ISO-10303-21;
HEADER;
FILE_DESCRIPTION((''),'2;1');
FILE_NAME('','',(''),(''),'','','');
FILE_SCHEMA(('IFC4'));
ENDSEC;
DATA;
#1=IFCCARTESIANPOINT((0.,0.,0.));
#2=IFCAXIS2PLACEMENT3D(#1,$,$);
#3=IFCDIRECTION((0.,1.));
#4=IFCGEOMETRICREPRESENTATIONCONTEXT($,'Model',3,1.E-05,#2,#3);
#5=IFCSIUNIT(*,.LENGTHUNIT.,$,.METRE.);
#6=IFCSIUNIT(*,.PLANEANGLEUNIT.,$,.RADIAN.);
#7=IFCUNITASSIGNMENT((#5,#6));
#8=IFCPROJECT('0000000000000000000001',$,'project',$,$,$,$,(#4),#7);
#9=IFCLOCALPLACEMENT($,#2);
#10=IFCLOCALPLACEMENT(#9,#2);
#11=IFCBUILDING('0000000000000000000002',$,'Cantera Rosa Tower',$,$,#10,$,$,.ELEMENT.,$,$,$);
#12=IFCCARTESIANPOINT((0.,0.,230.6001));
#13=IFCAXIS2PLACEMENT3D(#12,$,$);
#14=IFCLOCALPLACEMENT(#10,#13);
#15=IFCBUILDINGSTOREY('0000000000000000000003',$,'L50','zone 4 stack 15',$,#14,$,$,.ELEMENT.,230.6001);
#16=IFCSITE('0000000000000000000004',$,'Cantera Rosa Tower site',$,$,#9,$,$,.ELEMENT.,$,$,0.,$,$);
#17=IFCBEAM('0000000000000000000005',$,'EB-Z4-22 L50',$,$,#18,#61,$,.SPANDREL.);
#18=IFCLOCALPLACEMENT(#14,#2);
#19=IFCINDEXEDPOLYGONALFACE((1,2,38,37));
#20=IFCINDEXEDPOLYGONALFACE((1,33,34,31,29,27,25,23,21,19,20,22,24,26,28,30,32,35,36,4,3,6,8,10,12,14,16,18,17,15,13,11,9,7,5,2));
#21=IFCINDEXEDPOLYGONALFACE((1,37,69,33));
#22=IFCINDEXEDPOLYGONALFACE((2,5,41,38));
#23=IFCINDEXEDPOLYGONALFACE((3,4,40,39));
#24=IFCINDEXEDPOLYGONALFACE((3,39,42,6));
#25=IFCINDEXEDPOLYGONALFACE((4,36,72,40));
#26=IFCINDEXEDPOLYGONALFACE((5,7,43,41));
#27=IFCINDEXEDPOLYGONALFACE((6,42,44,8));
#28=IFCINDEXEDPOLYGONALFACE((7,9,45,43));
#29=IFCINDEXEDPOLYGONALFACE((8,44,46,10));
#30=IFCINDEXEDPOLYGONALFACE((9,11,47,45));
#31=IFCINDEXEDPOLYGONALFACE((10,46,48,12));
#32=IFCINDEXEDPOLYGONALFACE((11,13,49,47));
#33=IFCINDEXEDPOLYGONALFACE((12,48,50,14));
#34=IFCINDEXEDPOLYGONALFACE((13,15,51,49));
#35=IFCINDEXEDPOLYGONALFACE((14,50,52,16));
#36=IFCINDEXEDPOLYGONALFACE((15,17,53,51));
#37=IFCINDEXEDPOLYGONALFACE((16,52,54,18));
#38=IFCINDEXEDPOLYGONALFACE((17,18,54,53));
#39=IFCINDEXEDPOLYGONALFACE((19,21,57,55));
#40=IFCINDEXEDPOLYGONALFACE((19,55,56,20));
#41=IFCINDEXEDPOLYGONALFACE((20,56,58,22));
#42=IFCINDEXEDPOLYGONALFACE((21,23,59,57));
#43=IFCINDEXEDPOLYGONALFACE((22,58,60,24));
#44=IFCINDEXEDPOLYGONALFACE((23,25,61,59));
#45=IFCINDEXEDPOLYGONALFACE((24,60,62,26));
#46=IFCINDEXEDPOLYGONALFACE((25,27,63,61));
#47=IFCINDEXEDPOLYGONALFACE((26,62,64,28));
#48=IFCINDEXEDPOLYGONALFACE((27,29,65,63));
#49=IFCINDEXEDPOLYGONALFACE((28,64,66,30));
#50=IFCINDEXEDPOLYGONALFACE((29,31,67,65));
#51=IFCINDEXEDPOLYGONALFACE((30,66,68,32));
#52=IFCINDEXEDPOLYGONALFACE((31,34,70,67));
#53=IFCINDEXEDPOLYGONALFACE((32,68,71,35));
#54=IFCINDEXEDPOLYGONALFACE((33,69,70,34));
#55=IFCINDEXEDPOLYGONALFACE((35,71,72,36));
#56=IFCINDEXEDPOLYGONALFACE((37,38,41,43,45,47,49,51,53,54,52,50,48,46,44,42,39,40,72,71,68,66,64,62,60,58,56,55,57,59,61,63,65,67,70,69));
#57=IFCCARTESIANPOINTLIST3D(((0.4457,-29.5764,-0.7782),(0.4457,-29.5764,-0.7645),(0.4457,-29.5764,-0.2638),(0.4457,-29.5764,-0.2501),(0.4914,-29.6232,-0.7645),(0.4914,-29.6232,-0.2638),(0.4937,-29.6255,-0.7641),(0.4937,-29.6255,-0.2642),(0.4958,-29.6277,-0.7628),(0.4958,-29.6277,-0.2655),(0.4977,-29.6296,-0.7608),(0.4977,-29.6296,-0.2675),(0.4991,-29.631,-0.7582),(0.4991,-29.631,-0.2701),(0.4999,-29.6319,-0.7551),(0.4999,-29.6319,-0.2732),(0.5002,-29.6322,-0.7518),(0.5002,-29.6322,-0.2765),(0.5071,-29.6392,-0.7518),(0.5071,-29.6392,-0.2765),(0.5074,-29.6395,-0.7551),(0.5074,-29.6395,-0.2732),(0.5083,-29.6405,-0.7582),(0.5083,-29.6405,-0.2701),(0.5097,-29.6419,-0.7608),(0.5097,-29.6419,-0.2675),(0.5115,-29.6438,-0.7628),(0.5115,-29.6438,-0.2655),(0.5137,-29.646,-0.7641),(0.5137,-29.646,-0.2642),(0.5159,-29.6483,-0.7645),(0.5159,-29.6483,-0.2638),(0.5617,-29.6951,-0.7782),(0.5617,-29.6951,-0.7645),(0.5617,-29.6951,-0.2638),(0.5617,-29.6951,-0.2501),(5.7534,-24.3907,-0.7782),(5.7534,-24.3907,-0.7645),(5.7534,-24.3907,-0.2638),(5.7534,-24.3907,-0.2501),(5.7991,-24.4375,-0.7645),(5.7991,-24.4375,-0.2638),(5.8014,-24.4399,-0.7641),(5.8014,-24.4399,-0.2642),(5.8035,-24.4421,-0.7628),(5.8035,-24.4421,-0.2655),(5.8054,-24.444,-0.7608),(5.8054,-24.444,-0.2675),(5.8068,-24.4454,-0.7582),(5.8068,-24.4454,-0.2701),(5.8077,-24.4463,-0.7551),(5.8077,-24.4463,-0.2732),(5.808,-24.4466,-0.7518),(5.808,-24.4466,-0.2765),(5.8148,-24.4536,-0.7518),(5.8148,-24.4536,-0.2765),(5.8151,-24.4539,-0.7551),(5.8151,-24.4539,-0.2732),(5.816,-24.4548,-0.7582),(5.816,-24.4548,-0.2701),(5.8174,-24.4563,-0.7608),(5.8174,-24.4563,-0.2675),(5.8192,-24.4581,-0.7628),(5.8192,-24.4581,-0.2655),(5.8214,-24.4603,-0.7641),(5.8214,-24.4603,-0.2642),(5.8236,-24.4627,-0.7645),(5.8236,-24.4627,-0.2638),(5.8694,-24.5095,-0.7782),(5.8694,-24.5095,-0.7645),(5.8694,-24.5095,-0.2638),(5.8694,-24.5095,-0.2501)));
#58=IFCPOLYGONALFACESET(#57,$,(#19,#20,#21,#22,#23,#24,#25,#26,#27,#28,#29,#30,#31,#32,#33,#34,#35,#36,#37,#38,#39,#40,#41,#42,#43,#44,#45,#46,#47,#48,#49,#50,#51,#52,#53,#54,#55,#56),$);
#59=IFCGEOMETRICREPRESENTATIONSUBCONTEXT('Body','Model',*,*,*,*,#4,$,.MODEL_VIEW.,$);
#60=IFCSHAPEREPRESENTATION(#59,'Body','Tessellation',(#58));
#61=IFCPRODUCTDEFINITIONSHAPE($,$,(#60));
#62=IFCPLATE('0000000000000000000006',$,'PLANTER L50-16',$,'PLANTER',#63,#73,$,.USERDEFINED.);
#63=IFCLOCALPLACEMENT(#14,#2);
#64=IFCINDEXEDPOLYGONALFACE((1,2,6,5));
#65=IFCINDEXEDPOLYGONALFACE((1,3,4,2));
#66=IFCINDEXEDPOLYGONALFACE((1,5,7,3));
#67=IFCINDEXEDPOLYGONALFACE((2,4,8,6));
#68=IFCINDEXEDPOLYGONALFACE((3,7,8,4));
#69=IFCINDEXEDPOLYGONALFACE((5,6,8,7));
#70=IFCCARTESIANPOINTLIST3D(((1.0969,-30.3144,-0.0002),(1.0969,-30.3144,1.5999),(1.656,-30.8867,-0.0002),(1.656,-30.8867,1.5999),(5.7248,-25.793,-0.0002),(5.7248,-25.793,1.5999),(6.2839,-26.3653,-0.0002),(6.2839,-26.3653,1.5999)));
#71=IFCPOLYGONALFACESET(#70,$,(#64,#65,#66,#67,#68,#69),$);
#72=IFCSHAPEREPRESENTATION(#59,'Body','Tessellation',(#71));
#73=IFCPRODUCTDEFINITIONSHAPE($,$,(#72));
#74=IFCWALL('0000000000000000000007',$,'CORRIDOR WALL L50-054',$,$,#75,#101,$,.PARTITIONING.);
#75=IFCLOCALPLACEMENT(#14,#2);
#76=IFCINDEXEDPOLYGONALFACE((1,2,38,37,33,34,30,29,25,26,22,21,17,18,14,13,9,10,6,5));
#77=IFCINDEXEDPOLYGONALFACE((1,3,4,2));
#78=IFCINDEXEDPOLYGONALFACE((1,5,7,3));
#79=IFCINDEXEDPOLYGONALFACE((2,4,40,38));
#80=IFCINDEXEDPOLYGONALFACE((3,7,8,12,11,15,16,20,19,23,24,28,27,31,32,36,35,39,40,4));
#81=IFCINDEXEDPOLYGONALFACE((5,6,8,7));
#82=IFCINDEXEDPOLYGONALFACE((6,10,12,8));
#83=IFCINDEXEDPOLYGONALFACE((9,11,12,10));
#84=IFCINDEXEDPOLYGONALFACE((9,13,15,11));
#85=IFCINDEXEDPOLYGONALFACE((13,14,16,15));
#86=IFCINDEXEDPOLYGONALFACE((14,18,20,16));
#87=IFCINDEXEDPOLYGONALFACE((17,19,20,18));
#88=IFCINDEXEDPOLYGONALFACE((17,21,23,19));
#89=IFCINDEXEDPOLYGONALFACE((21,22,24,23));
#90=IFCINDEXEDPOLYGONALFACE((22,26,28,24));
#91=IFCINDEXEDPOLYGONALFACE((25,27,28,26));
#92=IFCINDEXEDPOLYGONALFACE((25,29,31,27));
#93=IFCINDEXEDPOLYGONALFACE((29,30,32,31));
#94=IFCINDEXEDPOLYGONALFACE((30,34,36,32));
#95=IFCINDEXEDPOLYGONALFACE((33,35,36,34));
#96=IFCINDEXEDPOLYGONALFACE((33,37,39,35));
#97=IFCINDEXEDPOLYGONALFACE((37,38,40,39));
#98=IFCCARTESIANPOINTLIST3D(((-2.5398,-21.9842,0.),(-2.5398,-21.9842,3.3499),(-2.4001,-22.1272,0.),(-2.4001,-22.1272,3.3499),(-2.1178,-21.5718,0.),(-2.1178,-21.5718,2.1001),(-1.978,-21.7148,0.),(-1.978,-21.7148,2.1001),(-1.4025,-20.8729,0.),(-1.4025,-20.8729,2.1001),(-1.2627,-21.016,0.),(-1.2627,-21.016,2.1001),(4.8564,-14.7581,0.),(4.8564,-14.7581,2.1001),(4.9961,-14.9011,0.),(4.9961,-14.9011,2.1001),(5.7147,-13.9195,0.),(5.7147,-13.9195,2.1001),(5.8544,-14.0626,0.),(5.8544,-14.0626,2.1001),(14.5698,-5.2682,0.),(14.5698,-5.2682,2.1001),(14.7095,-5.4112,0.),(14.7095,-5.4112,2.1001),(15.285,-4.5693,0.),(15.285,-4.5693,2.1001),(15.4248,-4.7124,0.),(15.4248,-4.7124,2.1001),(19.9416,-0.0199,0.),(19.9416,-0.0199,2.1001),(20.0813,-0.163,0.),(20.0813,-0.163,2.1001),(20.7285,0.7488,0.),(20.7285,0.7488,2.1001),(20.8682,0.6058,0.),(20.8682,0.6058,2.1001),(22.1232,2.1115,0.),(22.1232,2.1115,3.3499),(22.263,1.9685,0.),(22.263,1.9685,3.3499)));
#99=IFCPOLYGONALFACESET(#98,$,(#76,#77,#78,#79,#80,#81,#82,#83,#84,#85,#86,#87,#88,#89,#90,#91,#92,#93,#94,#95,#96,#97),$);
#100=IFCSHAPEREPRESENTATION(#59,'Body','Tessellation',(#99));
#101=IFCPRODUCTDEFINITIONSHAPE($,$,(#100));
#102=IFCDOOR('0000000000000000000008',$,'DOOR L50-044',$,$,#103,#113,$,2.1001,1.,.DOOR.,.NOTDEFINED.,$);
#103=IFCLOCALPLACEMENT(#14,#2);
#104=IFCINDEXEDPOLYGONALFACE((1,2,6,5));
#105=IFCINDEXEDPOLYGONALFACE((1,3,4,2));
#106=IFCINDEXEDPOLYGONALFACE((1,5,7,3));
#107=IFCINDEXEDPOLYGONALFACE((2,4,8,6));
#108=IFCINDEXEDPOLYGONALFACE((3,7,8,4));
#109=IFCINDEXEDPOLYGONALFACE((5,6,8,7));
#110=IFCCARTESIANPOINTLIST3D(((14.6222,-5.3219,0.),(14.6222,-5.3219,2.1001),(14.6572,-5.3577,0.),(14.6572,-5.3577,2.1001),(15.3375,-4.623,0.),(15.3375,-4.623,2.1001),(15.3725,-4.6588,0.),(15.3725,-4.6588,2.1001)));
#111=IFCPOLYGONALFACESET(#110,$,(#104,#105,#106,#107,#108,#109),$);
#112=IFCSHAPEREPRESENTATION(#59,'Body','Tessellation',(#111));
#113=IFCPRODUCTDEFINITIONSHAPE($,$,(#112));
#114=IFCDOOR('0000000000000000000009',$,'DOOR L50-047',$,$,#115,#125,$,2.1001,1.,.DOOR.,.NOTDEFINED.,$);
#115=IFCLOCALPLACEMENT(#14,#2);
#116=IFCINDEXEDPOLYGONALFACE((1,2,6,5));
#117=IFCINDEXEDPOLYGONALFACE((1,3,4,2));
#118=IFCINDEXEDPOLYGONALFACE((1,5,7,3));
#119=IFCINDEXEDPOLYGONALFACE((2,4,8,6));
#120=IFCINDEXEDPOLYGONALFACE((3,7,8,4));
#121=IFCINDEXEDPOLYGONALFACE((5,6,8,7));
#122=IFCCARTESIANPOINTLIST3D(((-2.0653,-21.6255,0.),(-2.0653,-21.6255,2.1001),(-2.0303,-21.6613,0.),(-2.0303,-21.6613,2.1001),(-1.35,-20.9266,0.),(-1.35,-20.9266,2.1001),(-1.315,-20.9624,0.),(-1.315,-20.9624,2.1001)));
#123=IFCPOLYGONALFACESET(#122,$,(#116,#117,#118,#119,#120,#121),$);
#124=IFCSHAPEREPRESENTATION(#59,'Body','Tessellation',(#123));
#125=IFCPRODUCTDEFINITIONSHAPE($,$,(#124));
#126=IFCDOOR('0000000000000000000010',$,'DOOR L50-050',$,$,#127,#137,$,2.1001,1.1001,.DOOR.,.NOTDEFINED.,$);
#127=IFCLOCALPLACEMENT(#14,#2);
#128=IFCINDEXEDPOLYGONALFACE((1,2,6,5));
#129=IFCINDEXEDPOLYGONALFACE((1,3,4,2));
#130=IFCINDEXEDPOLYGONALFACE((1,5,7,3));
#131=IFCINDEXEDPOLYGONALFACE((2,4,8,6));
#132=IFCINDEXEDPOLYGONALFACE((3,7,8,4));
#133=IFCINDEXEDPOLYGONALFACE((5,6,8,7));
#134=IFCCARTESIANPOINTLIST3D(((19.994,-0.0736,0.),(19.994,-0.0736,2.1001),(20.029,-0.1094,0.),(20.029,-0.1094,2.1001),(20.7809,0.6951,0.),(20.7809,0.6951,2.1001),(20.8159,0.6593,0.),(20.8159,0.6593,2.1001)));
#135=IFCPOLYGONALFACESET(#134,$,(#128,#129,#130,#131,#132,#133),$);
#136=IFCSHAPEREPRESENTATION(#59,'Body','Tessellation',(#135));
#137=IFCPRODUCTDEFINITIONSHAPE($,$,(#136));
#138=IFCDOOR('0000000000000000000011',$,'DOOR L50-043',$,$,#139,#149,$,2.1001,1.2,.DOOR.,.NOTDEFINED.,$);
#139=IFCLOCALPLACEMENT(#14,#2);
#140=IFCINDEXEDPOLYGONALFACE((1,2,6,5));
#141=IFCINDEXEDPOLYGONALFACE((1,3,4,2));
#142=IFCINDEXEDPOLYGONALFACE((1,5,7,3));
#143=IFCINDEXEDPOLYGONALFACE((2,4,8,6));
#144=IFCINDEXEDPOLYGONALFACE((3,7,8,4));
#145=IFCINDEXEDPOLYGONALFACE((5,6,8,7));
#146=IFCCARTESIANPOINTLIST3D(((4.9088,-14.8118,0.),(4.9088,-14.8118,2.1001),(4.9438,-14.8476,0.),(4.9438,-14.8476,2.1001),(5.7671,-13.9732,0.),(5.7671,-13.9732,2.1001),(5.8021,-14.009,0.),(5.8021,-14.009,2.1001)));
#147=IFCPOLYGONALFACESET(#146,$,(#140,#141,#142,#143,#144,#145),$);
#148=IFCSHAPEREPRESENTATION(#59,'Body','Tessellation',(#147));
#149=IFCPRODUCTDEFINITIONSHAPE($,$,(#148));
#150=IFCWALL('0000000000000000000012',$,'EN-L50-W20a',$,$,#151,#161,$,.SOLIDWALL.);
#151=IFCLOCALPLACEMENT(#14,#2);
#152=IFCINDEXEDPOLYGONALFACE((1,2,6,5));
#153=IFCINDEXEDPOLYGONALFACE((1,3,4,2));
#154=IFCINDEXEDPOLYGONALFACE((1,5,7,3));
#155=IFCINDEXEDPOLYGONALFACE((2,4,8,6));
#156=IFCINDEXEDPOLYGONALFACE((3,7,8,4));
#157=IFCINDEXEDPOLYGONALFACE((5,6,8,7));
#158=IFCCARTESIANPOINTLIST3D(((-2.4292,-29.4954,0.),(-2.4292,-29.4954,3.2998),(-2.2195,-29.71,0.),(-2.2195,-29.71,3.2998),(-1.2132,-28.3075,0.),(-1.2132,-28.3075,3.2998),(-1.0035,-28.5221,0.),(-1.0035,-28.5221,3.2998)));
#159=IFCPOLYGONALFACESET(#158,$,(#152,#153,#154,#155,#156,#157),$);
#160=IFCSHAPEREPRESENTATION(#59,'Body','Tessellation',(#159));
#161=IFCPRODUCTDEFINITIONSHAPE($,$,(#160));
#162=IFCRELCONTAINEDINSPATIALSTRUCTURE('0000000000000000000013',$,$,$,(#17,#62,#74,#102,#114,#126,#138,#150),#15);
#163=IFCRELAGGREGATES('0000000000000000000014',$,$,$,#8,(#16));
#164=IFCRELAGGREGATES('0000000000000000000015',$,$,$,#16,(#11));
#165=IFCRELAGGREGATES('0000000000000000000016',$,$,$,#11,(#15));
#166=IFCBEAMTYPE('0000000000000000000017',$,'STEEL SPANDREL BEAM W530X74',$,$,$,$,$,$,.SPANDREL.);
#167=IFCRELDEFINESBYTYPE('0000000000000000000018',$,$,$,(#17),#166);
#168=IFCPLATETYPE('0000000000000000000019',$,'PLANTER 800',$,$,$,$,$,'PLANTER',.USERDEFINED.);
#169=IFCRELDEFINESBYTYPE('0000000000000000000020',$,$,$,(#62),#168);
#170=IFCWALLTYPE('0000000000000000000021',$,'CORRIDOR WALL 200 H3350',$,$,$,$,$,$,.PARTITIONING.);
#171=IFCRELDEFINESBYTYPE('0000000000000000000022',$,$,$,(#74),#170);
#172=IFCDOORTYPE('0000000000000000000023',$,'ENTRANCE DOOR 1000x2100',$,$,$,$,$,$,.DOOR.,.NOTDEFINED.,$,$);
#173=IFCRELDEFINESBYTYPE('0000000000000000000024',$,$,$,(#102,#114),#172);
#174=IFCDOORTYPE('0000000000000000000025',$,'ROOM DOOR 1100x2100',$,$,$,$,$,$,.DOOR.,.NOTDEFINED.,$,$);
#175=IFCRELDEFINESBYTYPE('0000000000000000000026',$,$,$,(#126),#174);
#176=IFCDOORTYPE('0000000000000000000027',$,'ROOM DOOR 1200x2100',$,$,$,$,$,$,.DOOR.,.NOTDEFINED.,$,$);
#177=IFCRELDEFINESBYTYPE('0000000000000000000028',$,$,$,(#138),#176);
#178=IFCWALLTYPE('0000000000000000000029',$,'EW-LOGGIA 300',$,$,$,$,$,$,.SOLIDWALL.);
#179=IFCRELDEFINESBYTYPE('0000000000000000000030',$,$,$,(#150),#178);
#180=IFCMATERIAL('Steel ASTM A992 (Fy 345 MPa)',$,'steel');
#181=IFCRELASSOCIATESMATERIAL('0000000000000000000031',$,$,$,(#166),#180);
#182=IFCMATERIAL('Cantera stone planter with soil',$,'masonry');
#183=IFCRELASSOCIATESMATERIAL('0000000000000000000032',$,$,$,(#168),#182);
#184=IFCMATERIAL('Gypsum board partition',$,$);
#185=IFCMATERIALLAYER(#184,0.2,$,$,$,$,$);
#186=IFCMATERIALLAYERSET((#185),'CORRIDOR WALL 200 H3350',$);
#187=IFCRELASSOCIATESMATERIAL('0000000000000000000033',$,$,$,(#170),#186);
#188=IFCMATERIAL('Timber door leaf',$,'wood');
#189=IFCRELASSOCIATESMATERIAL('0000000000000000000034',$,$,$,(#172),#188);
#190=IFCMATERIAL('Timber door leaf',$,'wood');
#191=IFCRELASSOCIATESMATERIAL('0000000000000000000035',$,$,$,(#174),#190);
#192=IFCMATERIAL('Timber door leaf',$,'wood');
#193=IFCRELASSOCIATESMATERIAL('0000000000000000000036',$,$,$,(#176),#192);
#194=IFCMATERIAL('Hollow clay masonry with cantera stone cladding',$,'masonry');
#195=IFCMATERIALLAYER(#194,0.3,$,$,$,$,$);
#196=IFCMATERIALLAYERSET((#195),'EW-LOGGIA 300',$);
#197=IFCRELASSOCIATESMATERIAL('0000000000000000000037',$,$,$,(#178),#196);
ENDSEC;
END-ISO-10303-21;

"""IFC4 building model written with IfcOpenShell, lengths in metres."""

from ifc_helpers import new_model, si_unit, direction, frame, frame_2d, origin, origin_2d, place, context, subcontext, project, spatial, rectangle, i_section, extrude, material, layer, layer_set, material_profile, profile_set, type_object, element, fill, save


model = new_model("IFC4")

# Units and contexts
model_context = context("Model", 3, precision=1e-05, world=origin(), true_north=direction((0.0, 1.0)))
body_context = subcontext(model_context, "Body", "Model", "MODEL_VIEW")
ifc_project = project(units=[si_unit("LENGTHUNIT", "METRE"), si_unit("PLANEANGLEUNIT", "RADIAN")], contexts=[model_context])

# Site, building, storey
site_placement = place(None, origin())
site = spatial("IfcSite", under=ifc_project, at=site_placement, Name="Cantera Rosa Tower site", CompositionType="ELEMENT", RefElevation=0.0)
building_placement = place(site_placement, origin())
building = spatial("IfcBuilding", under=site, at=building_placement, Name="Cantera Rosa Tower", CompositionType="ELEMENT")
storey_placement = place(building_placement, frame((0.0, 0.0, 230.6001)))
storey = spatial("IfcBuildingStorey", under=building, at=storey_placement, Name="L50", Description="zone 4 stack 15", CompositionType="ELEMENT", Elevation=230.6001)

# Beam
ifc_material_1 = material(Name="Steel ASTM A992 (Fy 345 MPa)", Category="steel")
ifc_material_profile_1 = material_profile(ifc_material_1, i_section(OverallWidth=0.166, OverallDepth=0.5281, WebThickness=0.0098, FlangeThickness=0.0137, FilletRadius=0.0127, at=origin_2d()), Name="W530X74")
ifc_profile_set_1 = profile_set([ifc_material_profile_1], Name="Steel ASTM A992 (Fy 345 MPa)")
beam_type_1 = type_object("IfcBeamType", Name="STEEL SPANDREL BEAM W530X74", PredefinedType="SPANDREL", material=ifc_profile_set_1)
beam_1_placement = place(storey_placement, frame((0.5037, -29.6357, -0.5142), z_axis=(0.715284, 0.698833, 0.0), x_axis=(-0.698833, 0.715284, 0.0)))
element("IfcBeam", 1, at=beam_1_placement, inside=storey, type_object=beam_type_1, Name="EB-Z4-22 L50", PredefinedType="SPANDREL", context=body_context, shape_type="SweptSolid", body=[
    extrude(i_section(OverallWidth=0.166, OverallDepth=0.5281, WebThickness=0.0098, FlangeThickness=0.0137, FilletRadius=0.0127, at=origin_2d()), origin(), (0.0, 0.0, 1.0), 7.4204),
])

# Plate
ifc_material_2 = material(Name="Cantera stone planter with soil", Category="masonry")
plate_type = type_object("IfcPlateType", Name="PLANTER 800", ElementType="PLANTER", PredefinedType="USERDEFINED", material=ifc_material_2)
plate_placement = place(storey_placement, frame((3.6904, -28.3398, -0.0002), z_axis=(0.0, 0.0, 1.0), x_axis=(0.715286, 0.698832, 0.0)))
element("IfcPlate", 2, at=plate_placement, inside=storey, type_object=plate_type, Name="PLANTER L50-16", ObjectType="PLANTER", PredefinedType="USERDEFINED", context=body_context, shape_type="SweptSolid", body=[
    extrude(rectangle(XDim=6.47, YDim=0.8, at=origin_2d()), origin(), (0.0, 0.0, 1.0), 1.6001),
])

# Wall, openings, doors
ifc_material_3 = material(Name="Gypsum board partition")
ifc_layer_1 = layer(ifc_material_3, 0.2)
ifc_layer_set_1 = layer_set([ifc_layer_1], Name="CORRIDOR WALL 200 H3350")
wall_type_1 = type_object("IfcWallType", Name="CORRIDOR WALL 200 H3350", PredefinedType="PARTITIONING", material=ifc_layer_set_1)
wall_1_placement = place(storey_placement, frame((-2.47, -22.0557, 0.0), z_axis=(0.0, 0.0, 1.0), x_axis=(0.715287, 0.698831, 0.0)))
wall_1 = element("IfcWall", 3, at=wall_1_placement, inside=storey, type_object=wall_type_1, Name="CORRIDOR WALL L50-054", PredefinedType="PARTITIONING", context=body_context, shape_type="SweptSolid", body=[
    extrude(rectangle(XDim=34.48, YDim=0.2, at=frame_2d((17.24, 0.0))), origin(), (0.0, 0.0, 1.0), 3.3499),
])
opening_1_placement = place(wall_1_placement, frame((10.3401, 0.0, 0.0)))
opening_1 = element("IfcOpeningElement", 4, at=opening_1_placement, cuts=wall_1, PredefinedType="OPENING", context=body_context, shape_type="SweptSolid", body=[
    extrude(rectangle(XDim=1.2, YDim=2.1001, at=frame_2d((0.6001, 1.05))), frame((0.0, 0.1099, 0.0), z_axis=(0.0, -1.0, 0.0), x_axis=(1.0, 0.0, 0.0)), (0.0, 0.0, 1.0), 0.22),
])
opening_2_placement = place(wall_1_placement, frame((23.9199, 0.0, 0.0)))
opening_2 = element("IfcOpeningElement", 5, at=opening_2_placement, cuts=wall_1, PredefinedType="OPENING", context=body_context, shape_type="SweptSolid", body=[
    extrude(rectangle(XDim=1.0, YDim=2.1001, at=frame_2d((0.5, 1.05))), frame((0.0, 0.1099, 0.0), z_axis=(0.0, -1.0, 0.0), x_axis=(1.0, 0.0, 0.0)), (0.0, 0.0, 1.0), 0.22),
])
opening_3_placement = place(wall_1_placement, frame((0.5901, 0.0, 0.0)))
opening_3 = element("IfcOpeningElement", 6, at=opening_3_placement, cuts=wall_1, PredefinedType="OPENING", context=body_context, shape_type="SweptSolid", body=[
    extrude(rectangle(XDim=1.0, YDim=2.1001, at=frame_2d((0.5, 1.05))), frame((0.0, 0.1099, 0.0), z_axis=(0.0, -1.0, 0.0), x_axis=(1.0, 0.0, 0.0)), (0.0, 0.0, 1.0), 0.22),
])
opening_4_placement = place(wall_1_placement, frame((31.4299, 0.0, 0.0)))
opening_4 = element("IfcOpeningElement", 7, at=opening_4_placement, cuts=wall_1, PredefinedType="OPENING", context=body_context, shape_type="SweptSolid", body=[
    extrude(rectangle(XDim=1.1001, YDim=2.1001, at=frame_2d((0.55, 1.05))), frame((0.0, 0.1099, 0.0), z_axis=(0.0, -1.0, 0.0), x_axis=(1.0, 0.0, 0.0)), (0.0, 0.0, 1.0), 0.22),
])
ifc_material_4 = material(Name="Timber door leaf", Category="wood")
door_type_1 = type_object("IfcDoorType", Name="ENTRANCE DOOR 1000x2100", OperationType="NOTDEFINED", PredefinedType="DOOR", material=ifc_material_4)
door_1_placement = place(opening_2_placement, origin())
door_1 = element("IfcDoor", 8, at=door_1_placement, inside=storey, type_object=door_type_1, Name="DOOR L50-044", OperationType="NOTDEFINED", OverallHeight=2.1001, OverallWidth=1.0, PredefinedType="DOOR", context=body_context, shape_type="SweptSolid", body=[
    extrude(rectangle(XDim=1.0, YDim=2.1001, at=frame_2d((0.5, 1.05))), frame((0.0, 0.0249, 0.0), z_axis=(0.0, -1.0, 0.0), x_axis=(1.0, 0.0, 0.0)), (0.0, 0.0, 1.0), 0.05),
])
fill(opening_2, door_1)
door_2_placement = place(opening_3_placement, origin())
door_2 = element("IfcDoor", 9, at=door_2_placement, inside=storey, type_object=door_type_1, Name="DOOR L50-047", OperationType="NOTDEFINED", OverallHeight=2.1001, OverallWidth=1.0, PredefinedType="DOOR", context=body_context, shape_type="SweptSolid", body=[
    extrude(rectangle(XDim=1.0, YDim=2.1001, at=frame_2d((0.5, 1.05))), frame((0.0, 0.0249, 0.0), z_axis=(0.0, -1.0, 0.0), x_axis=(1.0, 0.0, 0.0)), (0.0, 0.0, 1.0), 0.05),
])
fill(opening_3, door_2)
ifc_material_5 = material(Name="Timber door leaf", Category="wood")
door_type_2 = type_object("IfcDoorType", Name="ROOM DOOR 1100x2100", OperationType="NOTDEFINED", PredefinedType="DOOR", material=ifc_material_5)
door_3_placement = place(opening_4_placement, origin())
door_3 = element("IfcDoor", 10, at=door_3_placement, inside=storey, type_object=door_type_2, Name="DOOR L50-050", OperationType="NOTDEFINED", OverallHeight=2.1001, OverallWidth=1.1001, PredefinedType="DOOR", context=body_context, shape_type="SweptSolid", body=[
    extrude(rectangle(XDim=1.1001, YDim=2.1001, at=frame_2d((0.55, 1.05))), frame((0.0, 0.0249, 0.0), z_axis=(0.0, -1.0, 0.0), x_axis=(1.0, 0.0, 0.0)), (0.0, 0.0, 1.0), 0.05),
])
fill(opening_4, door_3)
ifc_material_6 = material(Name="Timber door leaf", Category="wood")
door_type_3 = type_object("IfcDoorType", Name="ROOM DOOR 1200x2100", OperationType="NOTDEFINED", PredefinedType="DOOR", material=ifc_material_6)
door_4_placement = place(opening_1_placement, origin())
door_4 = element("IfcDoor", 11, at=door_4_placement, inside=storey, type_object=door_type_3, Name="DOOR L50-043", OperationType="NOTDEFINED", OverallHeight=2.1001, OverallWidth=1.2, PredefinedType="DOOR", context=body_context, shape_type="SweptSolid", body=[
    extrude(rectangle(XDim=1.2, YDim=2.1001, at=frame_2d((0.6001, 1.05))), frame((0.0, 0.0249, 0.0), z_axis=(0.0, -1.0, 0.0), x_axis=(1.0, 0.0, 0.0)), (0.0, 0.0, 1.0), 0.05),
])
fill(opening_1, door_4)

# Wall
ifc_material_7 = material(Name="Hollow clay masonry with cantera stone cladding", Category="masonry")
ifc_layer_2 = layer(ifc_material_7, 0.3)
ifc_layer_set_2 = layer_set([ifc_layer_2], Name="EW-LOGGIA 300")
wall_type_2 = type_object("IfcWallType", Name="EW-LOGGIA 300", PredefinedType="SOLIDWALL", material=ifc_layer_set_2)
wall_2_placement = place(storey_placement, frame((-2.3245, -29.6028, 0.0), z_axis=(0.0, 0.0, 1.0), x_axis=(0.715316, 0.698801, 0.0)))
element("IfcWall", 12, at=wall_2_placement, inside=storey, type_object=wall_type_2, Name="EN-L50-W20a", PredefinedType="SOLIDWALL", context=body_context, shape_type="SweptSolid", body=[
    extrude(rectangle(XDim=1.7, YDim=0.3, at=frame_2d((0.8501, 0.0))), origin(), (0.0, 0.0, 1.0), 3.2998),
])

save(model, "model.ifc")
